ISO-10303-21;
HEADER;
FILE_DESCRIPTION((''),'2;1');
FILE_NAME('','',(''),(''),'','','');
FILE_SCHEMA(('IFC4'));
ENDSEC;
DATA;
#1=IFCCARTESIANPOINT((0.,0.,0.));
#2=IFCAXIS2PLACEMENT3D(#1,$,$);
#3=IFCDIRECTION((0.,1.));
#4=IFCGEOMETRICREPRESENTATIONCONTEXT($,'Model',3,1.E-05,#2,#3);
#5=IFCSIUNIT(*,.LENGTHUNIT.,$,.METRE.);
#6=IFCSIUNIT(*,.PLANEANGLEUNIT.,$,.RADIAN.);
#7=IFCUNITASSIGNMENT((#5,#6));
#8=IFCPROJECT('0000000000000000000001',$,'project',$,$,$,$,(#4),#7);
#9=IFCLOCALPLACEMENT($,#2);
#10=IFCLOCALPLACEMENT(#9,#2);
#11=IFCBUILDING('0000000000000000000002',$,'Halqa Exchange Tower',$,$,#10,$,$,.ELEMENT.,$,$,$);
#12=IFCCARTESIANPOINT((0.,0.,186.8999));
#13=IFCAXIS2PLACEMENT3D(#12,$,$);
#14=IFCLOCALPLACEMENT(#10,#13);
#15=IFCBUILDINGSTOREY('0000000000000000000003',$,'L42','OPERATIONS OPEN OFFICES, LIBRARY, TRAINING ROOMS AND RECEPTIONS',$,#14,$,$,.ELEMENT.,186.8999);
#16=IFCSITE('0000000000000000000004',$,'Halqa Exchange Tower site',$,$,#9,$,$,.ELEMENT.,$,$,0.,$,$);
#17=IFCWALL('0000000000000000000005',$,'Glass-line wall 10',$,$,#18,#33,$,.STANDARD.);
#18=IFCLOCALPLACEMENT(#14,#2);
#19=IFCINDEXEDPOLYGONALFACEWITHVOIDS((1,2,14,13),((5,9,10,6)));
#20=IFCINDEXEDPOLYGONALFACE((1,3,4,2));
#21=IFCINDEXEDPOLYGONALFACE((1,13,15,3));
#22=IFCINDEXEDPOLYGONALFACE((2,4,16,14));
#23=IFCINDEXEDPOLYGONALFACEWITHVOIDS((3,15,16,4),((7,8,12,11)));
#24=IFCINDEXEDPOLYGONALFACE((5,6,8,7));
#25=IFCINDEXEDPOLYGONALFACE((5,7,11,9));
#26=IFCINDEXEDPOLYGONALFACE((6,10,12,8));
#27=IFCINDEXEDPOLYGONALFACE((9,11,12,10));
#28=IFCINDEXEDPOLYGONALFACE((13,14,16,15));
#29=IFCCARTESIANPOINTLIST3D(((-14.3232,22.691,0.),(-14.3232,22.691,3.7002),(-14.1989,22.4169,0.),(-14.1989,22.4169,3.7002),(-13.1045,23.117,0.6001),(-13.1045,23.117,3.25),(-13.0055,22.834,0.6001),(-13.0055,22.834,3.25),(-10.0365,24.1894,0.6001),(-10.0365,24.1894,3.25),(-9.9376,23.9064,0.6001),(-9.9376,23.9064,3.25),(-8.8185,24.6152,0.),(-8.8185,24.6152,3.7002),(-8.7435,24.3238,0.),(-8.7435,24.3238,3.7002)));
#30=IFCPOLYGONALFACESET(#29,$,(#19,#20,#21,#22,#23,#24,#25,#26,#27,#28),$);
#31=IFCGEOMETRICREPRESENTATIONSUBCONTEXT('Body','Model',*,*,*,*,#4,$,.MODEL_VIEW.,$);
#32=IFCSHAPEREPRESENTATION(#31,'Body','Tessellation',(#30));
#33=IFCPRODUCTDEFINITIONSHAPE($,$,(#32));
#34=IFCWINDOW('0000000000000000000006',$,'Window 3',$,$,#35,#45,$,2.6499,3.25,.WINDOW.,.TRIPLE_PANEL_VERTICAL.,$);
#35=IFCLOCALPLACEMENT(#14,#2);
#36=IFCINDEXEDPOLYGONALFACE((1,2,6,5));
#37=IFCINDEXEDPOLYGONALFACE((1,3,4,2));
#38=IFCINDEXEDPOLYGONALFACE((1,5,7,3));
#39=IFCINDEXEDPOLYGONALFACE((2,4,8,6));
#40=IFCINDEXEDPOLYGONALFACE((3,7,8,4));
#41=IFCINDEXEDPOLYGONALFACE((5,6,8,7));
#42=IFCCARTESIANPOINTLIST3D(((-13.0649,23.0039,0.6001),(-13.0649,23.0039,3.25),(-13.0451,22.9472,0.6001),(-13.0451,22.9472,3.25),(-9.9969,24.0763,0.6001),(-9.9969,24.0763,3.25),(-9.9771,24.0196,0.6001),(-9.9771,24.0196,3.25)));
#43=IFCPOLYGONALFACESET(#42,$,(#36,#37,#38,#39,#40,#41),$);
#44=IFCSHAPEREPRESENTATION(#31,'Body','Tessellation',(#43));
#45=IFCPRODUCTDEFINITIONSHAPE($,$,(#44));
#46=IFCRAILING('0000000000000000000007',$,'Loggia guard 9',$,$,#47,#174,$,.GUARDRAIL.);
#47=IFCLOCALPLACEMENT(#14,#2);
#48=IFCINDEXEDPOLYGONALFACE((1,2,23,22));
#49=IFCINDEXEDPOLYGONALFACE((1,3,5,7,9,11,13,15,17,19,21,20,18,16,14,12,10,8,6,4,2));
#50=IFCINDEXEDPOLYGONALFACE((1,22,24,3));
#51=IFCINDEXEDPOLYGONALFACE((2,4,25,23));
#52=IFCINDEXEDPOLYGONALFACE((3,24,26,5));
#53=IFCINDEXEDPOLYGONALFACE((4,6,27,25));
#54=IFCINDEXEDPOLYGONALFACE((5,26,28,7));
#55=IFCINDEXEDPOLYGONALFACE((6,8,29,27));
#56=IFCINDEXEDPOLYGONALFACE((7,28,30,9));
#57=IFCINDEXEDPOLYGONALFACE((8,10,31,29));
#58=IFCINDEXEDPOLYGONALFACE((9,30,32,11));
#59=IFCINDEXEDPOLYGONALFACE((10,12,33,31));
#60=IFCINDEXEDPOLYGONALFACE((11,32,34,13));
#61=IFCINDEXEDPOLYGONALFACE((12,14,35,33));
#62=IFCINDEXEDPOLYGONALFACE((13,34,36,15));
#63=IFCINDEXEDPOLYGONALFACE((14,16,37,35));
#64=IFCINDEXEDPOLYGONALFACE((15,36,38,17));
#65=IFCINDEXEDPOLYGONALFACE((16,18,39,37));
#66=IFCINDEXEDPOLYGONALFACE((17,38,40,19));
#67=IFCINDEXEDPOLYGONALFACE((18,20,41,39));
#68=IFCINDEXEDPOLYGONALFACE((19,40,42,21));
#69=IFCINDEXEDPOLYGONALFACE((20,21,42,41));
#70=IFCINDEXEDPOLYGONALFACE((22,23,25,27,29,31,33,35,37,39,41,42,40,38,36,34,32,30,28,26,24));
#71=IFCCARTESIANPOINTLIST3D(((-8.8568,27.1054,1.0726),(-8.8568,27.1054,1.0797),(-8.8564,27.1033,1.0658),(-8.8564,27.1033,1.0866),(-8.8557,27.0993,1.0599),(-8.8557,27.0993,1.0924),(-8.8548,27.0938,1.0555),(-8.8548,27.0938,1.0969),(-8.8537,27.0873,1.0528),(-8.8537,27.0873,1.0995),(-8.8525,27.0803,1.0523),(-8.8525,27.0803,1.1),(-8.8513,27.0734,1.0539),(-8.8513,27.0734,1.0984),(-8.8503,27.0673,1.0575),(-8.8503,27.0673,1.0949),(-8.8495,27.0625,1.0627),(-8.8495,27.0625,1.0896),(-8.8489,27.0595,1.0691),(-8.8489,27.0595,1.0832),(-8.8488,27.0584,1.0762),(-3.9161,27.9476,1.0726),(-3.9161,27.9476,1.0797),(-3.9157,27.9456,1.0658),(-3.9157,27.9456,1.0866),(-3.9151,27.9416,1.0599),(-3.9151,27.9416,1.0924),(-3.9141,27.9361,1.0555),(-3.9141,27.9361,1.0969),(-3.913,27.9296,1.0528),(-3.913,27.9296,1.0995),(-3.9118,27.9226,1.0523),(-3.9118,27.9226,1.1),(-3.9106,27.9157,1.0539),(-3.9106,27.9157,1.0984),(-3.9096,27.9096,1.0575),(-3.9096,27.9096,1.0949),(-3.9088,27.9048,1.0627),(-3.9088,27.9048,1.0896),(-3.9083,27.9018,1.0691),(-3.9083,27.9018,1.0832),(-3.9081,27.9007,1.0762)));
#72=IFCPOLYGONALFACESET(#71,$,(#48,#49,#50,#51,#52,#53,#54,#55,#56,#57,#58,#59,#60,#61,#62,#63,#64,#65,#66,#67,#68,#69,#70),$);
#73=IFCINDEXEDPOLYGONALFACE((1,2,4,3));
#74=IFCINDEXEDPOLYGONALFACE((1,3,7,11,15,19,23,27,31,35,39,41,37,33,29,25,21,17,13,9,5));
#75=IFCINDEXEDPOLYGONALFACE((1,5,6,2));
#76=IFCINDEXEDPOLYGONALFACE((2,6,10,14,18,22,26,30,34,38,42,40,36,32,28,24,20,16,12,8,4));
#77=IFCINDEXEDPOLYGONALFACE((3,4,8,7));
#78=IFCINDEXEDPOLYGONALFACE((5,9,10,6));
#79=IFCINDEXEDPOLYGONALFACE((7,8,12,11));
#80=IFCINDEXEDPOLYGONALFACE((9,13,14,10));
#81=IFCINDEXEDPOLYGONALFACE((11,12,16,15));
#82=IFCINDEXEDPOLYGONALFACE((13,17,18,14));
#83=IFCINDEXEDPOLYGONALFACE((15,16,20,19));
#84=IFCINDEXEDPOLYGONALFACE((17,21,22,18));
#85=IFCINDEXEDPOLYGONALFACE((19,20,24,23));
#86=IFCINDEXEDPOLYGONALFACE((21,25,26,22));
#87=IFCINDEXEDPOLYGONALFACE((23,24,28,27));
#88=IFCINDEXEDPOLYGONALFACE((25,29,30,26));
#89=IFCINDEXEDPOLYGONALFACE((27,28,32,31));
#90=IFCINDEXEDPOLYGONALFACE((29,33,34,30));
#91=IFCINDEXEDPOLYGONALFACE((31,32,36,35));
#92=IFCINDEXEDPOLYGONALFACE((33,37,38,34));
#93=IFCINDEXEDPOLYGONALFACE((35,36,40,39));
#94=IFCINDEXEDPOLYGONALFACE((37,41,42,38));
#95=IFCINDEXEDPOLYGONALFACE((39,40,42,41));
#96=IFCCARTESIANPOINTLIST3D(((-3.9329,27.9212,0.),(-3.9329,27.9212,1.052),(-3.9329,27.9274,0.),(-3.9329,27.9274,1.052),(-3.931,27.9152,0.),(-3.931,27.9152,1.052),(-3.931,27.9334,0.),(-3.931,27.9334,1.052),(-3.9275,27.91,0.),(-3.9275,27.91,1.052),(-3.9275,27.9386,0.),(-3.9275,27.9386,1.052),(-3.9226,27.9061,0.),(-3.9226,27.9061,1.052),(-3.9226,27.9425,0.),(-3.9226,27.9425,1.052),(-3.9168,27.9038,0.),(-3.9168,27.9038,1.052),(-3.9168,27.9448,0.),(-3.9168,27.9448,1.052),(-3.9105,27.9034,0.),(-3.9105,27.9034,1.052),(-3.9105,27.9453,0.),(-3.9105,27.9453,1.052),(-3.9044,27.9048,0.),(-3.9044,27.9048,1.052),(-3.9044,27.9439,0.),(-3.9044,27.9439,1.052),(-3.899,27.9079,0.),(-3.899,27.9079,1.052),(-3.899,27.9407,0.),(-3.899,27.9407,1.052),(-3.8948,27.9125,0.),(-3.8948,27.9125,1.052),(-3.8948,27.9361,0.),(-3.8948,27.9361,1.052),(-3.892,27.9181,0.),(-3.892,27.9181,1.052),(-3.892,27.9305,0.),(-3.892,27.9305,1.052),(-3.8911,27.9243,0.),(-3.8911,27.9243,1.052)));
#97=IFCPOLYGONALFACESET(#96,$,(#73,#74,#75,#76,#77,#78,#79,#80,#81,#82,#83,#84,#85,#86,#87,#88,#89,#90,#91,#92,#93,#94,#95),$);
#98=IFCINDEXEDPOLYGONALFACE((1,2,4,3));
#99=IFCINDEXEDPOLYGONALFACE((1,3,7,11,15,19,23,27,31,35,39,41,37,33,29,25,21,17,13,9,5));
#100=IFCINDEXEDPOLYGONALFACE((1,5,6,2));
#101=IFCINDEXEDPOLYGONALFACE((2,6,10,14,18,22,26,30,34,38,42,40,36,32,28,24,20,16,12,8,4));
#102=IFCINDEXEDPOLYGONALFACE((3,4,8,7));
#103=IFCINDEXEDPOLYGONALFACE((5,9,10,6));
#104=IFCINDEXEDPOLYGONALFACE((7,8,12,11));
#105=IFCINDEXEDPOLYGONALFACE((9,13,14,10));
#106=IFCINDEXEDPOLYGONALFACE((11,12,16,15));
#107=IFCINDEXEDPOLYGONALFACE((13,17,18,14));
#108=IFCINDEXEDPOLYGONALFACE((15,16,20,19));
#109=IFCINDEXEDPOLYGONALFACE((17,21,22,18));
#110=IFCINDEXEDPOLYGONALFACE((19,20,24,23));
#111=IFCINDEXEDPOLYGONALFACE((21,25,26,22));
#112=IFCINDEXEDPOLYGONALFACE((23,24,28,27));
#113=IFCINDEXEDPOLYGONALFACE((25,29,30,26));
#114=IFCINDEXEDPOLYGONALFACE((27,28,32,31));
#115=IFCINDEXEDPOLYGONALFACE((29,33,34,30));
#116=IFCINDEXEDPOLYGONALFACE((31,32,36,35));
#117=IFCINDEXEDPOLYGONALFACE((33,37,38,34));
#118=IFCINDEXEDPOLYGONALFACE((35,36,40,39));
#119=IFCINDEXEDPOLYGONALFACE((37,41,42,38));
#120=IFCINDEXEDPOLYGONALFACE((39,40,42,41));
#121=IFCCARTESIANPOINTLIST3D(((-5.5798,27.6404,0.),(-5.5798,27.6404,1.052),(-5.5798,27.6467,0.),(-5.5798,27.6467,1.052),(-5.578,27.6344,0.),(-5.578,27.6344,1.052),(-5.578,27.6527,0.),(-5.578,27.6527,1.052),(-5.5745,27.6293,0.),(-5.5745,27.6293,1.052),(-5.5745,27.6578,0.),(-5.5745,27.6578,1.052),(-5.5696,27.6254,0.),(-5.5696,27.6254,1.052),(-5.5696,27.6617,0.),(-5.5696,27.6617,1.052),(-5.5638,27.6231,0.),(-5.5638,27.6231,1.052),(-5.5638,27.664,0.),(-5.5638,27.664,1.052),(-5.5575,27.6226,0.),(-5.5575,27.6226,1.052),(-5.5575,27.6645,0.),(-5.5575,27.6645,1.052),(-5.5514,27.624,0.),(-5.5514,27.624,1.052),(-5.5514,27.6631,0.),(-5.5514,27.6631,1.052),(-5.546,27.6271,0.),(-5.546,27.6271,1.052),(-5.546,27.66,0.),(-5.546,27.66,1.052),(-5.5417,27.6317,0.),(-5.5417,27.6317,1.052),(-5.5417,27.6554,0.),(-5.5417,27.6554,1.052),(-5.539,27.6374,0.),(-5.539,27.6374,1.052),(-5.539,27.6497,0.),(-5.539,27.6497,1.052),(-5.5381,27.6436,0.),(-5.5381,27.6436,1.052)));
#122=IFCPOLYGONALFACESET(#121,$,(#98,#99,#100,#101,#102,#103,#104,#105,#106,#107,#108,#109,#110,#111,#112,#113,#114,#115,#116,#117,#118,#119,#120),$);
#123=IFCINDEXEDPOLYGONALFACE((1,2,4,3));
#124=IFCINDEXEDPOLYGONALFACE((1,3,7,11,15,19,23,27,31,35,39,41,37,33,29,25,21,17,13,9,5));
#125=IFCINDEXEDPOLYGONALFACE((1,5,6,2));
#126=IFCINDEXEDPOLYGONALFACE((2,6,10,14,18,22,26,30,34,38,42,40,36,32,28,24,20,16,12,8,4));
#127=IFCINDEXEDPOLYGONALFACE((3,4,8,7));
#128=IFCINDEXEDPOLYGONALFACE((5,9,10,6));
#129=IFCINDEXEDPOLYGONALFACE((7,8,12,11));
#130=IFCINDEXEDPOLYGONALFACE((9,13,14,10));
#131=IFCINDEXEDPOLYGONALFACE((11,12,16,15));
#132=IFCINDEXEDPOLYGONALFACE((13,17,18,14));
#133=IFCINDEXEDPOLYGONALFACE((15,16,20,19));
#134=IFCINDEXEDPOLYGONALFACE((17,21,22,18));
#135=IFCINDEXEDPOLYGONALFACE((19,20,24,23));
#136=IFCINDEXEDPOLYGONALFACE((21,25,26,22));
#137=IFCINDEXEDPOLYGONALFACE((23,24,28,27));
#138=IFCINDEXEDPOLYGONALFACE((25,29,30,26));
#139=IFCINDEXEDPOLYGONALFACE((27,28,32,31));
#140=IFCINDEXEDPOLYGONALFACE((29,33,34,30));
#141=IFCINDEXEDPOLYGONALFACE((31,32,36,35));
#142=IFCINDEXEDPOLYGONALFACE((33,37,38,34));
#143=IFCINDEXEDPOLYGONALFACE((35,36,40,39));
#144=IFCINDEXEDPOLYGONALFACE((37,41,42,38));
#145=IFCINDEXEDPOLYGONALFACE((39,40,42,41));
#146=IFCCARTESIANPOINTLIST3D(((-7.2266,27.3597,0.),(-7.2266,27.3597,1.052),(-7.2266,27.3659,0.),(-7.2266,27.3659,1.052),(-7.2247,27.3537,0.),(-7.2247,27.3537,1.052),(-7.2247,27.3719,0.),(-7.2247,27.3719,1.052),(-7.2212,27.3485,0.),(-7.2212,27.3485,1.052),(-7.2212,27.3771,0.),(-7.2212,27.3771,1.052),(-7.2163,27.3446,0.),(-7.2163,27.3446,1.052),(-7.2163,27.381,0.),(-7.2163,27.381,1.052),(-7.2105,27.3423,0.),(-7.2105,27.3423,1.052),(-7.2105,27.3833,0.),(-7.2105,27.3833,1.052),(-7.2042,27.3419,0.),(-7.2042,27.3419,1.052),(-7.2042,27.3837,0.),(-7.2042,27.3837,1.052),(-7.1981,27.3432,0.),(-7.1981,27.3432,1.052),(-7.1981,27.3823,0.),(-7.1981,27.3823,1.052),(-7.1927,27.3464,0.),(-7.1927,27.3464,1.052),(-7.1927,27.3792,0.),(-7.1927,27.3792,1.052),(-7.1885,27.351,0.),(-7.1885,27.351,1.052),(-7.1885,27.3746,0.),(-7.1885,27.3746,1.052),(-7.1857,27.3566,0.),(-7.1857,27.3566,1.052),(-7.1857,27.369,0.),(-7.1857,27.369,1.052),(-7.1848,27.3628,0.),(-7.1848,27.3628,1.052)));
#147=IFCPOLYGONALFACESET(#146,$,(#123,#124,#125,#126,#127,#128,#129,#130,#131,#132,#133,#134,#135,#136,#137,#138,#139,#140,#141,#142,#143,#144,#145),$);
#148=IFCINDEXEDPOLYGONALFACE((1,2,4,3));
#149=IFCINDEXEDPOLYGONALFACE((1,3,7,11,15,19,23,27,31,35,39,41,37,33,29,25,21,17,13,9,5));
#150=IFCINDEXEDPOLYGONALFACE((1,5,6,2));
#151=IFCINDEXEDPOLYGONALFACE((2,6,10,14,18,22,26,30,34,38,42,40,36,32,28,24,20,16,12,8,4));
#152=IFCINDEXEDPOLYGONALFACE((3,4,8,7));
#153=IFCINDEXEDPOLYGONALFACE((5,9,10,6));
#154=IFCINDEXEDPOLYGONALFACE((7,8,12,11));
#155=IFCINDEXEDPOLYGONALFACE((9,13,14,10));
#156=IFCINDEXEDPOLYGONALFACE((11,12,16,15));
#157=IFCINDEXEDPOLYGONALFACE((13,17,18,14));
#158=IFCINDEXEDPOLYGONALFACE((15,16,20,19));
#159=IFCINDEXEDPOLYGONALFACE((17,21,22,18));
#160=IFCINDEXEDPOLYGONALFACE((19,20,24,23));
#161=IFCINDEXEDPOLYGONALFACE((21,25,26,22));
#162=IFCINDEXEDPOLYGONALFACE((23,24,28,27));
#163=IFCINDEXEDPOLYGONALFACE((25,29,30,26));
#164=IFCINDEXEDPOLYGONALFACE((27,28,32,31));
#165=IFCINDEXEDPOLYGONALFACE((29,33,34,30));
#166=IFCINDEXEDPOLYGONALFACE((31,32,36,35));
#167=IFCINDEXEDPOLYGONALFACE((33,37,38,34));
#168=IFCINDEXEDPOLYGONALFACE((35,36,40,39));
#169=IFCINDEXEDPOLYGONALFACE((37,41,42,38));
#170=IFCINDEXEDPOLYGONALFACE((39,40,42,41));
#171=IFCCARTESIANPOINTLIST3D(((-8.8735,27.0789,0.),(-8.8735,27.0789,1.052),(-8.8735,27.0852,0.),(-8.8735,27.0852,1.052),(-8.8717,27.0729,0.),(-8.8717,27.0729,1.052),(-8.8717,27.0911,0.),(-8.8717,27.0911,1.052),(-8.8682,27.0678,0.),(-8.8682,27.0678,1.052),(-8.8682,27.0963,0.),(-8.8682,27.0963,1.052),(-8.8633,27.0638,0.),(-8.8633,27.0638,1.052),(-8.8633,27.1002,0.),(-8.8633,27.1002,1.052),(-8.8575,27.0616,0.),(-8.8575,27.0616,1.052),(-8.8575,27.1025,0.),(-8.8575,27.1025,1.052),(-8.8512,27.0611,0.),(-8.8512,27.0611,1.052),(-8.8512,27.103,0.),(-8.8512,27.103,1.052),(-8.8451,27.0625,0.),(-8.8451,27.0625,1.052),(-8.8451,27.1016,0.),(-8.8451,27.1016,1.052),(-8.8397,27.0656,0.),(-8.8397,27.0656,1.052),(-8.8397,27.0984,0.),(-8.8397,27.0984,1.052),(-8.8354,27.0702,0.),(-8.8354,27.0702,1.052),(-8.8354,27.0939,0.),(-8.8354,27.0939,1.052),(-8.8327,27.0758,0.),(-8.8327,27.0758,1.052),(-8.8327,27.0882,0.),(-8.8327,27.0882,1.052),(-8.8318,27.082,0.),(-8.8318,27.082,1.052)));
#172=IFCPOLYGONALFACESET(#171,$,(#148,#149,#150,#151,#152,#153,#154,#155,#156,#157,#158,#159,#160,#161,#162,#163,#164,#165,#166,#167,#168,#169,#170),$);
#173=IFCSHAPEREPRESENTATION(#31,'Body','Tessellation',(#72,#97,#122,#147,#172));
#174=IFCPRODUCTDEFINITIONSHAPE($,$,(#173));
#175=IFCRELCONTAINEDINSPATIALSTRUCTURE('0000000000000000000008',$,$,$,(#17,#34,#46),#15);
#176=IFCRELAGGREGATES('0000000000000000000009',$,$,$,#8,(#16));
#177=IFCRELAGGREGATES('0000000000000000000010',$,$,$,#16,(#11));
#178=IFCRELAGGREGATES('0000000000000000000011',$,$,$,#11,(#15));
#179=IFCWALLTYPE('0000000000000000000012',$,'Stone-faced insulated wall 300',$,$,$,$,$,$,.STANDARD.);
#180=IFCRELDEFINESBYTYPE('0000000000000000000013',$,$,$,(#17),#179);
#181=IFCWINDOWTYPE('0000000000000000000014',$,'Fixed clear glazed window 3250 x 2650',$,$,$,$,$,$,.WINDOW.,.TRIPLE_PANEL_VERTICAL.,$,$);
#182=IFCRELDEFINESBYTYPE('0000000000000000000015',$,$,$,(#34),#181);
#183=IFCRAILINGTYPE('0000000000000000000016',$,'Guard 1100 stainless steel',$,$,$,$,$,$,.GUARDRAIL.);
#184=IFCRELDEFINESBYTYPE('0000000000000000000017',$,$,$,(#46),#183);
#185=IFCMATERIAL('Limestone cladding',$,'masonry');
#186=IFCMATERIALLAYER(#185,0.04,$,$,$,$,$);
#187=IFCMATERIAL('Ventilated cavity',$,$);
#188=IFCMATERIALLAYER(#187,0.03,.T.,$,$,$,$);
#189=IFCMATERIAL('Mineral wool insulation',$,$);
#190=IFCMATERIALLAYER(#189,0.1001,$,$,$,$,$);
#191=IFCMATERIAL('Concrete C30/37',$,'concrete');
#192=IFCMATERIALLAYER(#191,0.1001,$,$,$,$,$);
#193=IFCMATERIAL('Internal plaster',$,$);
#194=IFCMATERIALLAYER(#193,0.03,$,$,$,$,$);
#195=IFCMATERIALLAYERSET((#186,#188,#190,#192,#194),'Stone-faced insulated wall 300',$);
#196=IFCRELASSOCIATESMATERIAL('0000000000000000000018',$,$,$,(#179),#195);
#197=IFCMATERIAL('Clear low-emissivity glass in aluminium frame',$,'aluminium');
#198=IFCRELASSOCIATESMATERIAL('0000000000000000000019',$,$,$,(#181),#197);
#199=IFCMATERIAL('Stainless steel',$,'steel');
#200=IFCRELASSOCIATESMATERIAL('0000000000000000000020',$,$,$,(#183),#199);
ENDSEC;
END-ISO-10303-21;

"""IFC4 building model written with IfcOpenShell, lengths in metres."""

from ifc_helpers import new_model, si_unit, direction, frame, frame_2d, origin, origin_2d, place, context, subcontext, project, spatial, polyline, rectangle, circle, outline, extrude, material, layer, layer_set, type_object, element, fill, save


model = new_model("IFC4")

# Units and contexts
model_context = context("Model", 3, precision=1e-05, world=origin(), true_north=direction((0.0, 1.0)))
body_context = subcontext(model_context, "Body", "Model", "MODEL_VIEW")
ifc_project = project(units=[si_unit("LENGTHUNIT", "METRE"), si_unit("PLANEANGLEUNIT", "RADIAN")], contexts=[model_context])

# Site, building, storey
site_placement = place(None, origin())
site = spatial("IfcSite", under=ifc_project, at=site_placement, Name="Halqa Exchange Tower site", CompositionType="ELEMENT", RefElevation=0.0)
building_placement = place(site_placement, origin())
building = spatial("IfcBuilding", under=site, at=building_placement, Name="Halqa Exchange Tower", CompositionType="ELEMENT")
storey_placement = place(building_placement, frame((0.0, 0.0, 186.8999)))
storey = spatial("IfcBuildingStorey", under=building, at=storey_placement, Name="L42", Description="OPERATIONS OPEN OFFICES, LIBRARY, TRAINING ROOMS AND RECEPTIONS", CompositionType="ELEMENT", Elevation=186.8999)

# Shared definitions
ifc_material_1 = material(Name="Concrete C30/37", Category="concrete")

# Wall, opening, window
ifc_material_2 = material(Name="Limestone cladding", Category="masonry")
ifc_layer_1 = layer(ifc_material_2, 0.04)
ifc_material_3 = material(Name="Ventilated cavity")
ifc_layer_2 = layer(ifc_material_3, 0.03, ventilated=True)
ifc_material_4 = material(Name="Mineral wool insulation")
ifc_layer_3 = layer(ifc_material_4, 0.1001)
ifc_layer_4 = layer(ifc_material_1, 0.1001)
ifc_material_5 = material(Name="Internal plaster")
ifc_layer_5 = layer(ifc_material_5, 0.03)
ifc_layer_set_1 = layer_set([ifc_layer_1, ifc_layer_2, ifc_layer_3, ifc_layer_4, ifc_layer_5], Name="Stone-faced insulated wall 300")
wall_type_1 = type_object("IfcWallType", Name="Stone-faced insulated wall 300", PredefinedType="STANDARD", material=ifc_layer_set_1)
ifc_material_6 = material(Name="Clear low-emissivity glass in aluminium frame", Category="aluminium")
window_type = type_object("IfcWindowType", Name="Fixed clear glazed window 3250 x 2650", PartitioningType="TRIPLE_PANEL_VERTICAL", PredefinedType="WINDOW", material=ifc_material_6)
wall_1_placement = place(storey_placement, frame((-8.781, 24.4695, 0.0), z_axis=(0.0, 0.0, 1.0), x_axis=(-0.943991, -0.329972, 0.0)))
wall_1 = element("IfcWall", 1, at=wall_1_placement, inside=storey, type_object=wall_type_1, Name="Glass-line wall 10", PredefinedType="STANDARD", context=body_context, shape_type="SweptSolid", body=[
    extrude(outline(polyline([(-0.0127, -0.1499), (5.8186, -0.1499), (5.7917, 0.1499), (0.0127, 0.1499), (-0.0127, -0.1499)])), origin(), (0.0, 0.0, 1.0), 3.7002),
])
opening_1_placement = place(wall_1_placement, frame((1.2776, 0.0, 0.6001)))
opening_1 = element("IfcOpeningElement", 2, at=opening_1_placement, cuts=wall_1, PredefinedType="OPENING", context=body_context, shape_type="SweptSolid", body=[
    extrude(rectangle(XDim=3.25, YDim=2.6499, at=frame_2d((1.625, 1.325))), frame((0.0, 0.1621, 0.0), z_axis=(0.0, -1.0, 0.0), x_axis=(1.0, 0.0, 0.0)), (0.0, 0.0, 1.0), 0.324),
])
window_1_placement = place(opening_1_placement, origin())
window_1 = element("IfcWindow", 3, at=window_1_placement, inside=storey, type_object=window_type, Name="Window 3", OverallHeight=2.6499, OverallWidth=3.25, PartitioningType="TRIPLE_PANEL_VERTICAL", PredefinedType="WINDOW", context=body_context, shape_type="SweptSolid", body=[
    extrude(rectangle(XDim=3.25, YDim=2.6499, at=frame_2d((1.625, 1.325))), frame((0.0, 0.03, 0.0), z_axis=(0.0, -1.0, 0.0), x_axis=(1.0, 0.0, 0.0)), (0.0, 0.0, 1.0), 0.0601),
])
fill(opening_1, window_1)

# Railing
ifc_material_7 = material(Name="Stainless steel", Category="steel")
railing_type_1 = type_object("IfcRailingType", Name="Guard 1100 stainless steel", PredefinedType="GUARDRAIL", material=ifc_material_7)
railing_1_placement = place(storey_placement, frame((-3.9121, 27.9243, 0.0)))
element("IfcRailing", 4, at=railing_1_placement, inside=storey, type_object=railing_type_1, Name="Loggia guard 9", PredefinedType="GUARDRAIL", context=body_context, shape_type="SweptSolid", body=[
    extrude(circle(Radius=0.0239, at=origin_2d()), frame((0.0, 0.0, 1.0762), z_axis=(-0.985778, -0.168055, 0.0), x_axis=(0.168055, -0.985778, 0.0)), (0.0, 0.0, 1.0), 5.012),
    extrude(circle(Radius=0.021, at=origin_2d()), origin(), (0.0, 0.0, 1.0), 1.052),
    extrude(circle(Radius=0.021, at=origin_2d()), frame((-1.647, -0.2808, 0.0)), (0.0, 0.0, 1.0), 1.052),
    extrude(circle(Radius=0.021, at=origin_2d()), frame((-3.2937, -0.5615, 0.0)), (0.0, 0.0, 1.0), 1.052),
    extrude(circle(Radius=0.021, at=origin_2d()), frame((-4.9407, -0.8423, 0.0)), (0.0, 0.0, 1.0), 1.052),
])

save(model, "model.ifc")
